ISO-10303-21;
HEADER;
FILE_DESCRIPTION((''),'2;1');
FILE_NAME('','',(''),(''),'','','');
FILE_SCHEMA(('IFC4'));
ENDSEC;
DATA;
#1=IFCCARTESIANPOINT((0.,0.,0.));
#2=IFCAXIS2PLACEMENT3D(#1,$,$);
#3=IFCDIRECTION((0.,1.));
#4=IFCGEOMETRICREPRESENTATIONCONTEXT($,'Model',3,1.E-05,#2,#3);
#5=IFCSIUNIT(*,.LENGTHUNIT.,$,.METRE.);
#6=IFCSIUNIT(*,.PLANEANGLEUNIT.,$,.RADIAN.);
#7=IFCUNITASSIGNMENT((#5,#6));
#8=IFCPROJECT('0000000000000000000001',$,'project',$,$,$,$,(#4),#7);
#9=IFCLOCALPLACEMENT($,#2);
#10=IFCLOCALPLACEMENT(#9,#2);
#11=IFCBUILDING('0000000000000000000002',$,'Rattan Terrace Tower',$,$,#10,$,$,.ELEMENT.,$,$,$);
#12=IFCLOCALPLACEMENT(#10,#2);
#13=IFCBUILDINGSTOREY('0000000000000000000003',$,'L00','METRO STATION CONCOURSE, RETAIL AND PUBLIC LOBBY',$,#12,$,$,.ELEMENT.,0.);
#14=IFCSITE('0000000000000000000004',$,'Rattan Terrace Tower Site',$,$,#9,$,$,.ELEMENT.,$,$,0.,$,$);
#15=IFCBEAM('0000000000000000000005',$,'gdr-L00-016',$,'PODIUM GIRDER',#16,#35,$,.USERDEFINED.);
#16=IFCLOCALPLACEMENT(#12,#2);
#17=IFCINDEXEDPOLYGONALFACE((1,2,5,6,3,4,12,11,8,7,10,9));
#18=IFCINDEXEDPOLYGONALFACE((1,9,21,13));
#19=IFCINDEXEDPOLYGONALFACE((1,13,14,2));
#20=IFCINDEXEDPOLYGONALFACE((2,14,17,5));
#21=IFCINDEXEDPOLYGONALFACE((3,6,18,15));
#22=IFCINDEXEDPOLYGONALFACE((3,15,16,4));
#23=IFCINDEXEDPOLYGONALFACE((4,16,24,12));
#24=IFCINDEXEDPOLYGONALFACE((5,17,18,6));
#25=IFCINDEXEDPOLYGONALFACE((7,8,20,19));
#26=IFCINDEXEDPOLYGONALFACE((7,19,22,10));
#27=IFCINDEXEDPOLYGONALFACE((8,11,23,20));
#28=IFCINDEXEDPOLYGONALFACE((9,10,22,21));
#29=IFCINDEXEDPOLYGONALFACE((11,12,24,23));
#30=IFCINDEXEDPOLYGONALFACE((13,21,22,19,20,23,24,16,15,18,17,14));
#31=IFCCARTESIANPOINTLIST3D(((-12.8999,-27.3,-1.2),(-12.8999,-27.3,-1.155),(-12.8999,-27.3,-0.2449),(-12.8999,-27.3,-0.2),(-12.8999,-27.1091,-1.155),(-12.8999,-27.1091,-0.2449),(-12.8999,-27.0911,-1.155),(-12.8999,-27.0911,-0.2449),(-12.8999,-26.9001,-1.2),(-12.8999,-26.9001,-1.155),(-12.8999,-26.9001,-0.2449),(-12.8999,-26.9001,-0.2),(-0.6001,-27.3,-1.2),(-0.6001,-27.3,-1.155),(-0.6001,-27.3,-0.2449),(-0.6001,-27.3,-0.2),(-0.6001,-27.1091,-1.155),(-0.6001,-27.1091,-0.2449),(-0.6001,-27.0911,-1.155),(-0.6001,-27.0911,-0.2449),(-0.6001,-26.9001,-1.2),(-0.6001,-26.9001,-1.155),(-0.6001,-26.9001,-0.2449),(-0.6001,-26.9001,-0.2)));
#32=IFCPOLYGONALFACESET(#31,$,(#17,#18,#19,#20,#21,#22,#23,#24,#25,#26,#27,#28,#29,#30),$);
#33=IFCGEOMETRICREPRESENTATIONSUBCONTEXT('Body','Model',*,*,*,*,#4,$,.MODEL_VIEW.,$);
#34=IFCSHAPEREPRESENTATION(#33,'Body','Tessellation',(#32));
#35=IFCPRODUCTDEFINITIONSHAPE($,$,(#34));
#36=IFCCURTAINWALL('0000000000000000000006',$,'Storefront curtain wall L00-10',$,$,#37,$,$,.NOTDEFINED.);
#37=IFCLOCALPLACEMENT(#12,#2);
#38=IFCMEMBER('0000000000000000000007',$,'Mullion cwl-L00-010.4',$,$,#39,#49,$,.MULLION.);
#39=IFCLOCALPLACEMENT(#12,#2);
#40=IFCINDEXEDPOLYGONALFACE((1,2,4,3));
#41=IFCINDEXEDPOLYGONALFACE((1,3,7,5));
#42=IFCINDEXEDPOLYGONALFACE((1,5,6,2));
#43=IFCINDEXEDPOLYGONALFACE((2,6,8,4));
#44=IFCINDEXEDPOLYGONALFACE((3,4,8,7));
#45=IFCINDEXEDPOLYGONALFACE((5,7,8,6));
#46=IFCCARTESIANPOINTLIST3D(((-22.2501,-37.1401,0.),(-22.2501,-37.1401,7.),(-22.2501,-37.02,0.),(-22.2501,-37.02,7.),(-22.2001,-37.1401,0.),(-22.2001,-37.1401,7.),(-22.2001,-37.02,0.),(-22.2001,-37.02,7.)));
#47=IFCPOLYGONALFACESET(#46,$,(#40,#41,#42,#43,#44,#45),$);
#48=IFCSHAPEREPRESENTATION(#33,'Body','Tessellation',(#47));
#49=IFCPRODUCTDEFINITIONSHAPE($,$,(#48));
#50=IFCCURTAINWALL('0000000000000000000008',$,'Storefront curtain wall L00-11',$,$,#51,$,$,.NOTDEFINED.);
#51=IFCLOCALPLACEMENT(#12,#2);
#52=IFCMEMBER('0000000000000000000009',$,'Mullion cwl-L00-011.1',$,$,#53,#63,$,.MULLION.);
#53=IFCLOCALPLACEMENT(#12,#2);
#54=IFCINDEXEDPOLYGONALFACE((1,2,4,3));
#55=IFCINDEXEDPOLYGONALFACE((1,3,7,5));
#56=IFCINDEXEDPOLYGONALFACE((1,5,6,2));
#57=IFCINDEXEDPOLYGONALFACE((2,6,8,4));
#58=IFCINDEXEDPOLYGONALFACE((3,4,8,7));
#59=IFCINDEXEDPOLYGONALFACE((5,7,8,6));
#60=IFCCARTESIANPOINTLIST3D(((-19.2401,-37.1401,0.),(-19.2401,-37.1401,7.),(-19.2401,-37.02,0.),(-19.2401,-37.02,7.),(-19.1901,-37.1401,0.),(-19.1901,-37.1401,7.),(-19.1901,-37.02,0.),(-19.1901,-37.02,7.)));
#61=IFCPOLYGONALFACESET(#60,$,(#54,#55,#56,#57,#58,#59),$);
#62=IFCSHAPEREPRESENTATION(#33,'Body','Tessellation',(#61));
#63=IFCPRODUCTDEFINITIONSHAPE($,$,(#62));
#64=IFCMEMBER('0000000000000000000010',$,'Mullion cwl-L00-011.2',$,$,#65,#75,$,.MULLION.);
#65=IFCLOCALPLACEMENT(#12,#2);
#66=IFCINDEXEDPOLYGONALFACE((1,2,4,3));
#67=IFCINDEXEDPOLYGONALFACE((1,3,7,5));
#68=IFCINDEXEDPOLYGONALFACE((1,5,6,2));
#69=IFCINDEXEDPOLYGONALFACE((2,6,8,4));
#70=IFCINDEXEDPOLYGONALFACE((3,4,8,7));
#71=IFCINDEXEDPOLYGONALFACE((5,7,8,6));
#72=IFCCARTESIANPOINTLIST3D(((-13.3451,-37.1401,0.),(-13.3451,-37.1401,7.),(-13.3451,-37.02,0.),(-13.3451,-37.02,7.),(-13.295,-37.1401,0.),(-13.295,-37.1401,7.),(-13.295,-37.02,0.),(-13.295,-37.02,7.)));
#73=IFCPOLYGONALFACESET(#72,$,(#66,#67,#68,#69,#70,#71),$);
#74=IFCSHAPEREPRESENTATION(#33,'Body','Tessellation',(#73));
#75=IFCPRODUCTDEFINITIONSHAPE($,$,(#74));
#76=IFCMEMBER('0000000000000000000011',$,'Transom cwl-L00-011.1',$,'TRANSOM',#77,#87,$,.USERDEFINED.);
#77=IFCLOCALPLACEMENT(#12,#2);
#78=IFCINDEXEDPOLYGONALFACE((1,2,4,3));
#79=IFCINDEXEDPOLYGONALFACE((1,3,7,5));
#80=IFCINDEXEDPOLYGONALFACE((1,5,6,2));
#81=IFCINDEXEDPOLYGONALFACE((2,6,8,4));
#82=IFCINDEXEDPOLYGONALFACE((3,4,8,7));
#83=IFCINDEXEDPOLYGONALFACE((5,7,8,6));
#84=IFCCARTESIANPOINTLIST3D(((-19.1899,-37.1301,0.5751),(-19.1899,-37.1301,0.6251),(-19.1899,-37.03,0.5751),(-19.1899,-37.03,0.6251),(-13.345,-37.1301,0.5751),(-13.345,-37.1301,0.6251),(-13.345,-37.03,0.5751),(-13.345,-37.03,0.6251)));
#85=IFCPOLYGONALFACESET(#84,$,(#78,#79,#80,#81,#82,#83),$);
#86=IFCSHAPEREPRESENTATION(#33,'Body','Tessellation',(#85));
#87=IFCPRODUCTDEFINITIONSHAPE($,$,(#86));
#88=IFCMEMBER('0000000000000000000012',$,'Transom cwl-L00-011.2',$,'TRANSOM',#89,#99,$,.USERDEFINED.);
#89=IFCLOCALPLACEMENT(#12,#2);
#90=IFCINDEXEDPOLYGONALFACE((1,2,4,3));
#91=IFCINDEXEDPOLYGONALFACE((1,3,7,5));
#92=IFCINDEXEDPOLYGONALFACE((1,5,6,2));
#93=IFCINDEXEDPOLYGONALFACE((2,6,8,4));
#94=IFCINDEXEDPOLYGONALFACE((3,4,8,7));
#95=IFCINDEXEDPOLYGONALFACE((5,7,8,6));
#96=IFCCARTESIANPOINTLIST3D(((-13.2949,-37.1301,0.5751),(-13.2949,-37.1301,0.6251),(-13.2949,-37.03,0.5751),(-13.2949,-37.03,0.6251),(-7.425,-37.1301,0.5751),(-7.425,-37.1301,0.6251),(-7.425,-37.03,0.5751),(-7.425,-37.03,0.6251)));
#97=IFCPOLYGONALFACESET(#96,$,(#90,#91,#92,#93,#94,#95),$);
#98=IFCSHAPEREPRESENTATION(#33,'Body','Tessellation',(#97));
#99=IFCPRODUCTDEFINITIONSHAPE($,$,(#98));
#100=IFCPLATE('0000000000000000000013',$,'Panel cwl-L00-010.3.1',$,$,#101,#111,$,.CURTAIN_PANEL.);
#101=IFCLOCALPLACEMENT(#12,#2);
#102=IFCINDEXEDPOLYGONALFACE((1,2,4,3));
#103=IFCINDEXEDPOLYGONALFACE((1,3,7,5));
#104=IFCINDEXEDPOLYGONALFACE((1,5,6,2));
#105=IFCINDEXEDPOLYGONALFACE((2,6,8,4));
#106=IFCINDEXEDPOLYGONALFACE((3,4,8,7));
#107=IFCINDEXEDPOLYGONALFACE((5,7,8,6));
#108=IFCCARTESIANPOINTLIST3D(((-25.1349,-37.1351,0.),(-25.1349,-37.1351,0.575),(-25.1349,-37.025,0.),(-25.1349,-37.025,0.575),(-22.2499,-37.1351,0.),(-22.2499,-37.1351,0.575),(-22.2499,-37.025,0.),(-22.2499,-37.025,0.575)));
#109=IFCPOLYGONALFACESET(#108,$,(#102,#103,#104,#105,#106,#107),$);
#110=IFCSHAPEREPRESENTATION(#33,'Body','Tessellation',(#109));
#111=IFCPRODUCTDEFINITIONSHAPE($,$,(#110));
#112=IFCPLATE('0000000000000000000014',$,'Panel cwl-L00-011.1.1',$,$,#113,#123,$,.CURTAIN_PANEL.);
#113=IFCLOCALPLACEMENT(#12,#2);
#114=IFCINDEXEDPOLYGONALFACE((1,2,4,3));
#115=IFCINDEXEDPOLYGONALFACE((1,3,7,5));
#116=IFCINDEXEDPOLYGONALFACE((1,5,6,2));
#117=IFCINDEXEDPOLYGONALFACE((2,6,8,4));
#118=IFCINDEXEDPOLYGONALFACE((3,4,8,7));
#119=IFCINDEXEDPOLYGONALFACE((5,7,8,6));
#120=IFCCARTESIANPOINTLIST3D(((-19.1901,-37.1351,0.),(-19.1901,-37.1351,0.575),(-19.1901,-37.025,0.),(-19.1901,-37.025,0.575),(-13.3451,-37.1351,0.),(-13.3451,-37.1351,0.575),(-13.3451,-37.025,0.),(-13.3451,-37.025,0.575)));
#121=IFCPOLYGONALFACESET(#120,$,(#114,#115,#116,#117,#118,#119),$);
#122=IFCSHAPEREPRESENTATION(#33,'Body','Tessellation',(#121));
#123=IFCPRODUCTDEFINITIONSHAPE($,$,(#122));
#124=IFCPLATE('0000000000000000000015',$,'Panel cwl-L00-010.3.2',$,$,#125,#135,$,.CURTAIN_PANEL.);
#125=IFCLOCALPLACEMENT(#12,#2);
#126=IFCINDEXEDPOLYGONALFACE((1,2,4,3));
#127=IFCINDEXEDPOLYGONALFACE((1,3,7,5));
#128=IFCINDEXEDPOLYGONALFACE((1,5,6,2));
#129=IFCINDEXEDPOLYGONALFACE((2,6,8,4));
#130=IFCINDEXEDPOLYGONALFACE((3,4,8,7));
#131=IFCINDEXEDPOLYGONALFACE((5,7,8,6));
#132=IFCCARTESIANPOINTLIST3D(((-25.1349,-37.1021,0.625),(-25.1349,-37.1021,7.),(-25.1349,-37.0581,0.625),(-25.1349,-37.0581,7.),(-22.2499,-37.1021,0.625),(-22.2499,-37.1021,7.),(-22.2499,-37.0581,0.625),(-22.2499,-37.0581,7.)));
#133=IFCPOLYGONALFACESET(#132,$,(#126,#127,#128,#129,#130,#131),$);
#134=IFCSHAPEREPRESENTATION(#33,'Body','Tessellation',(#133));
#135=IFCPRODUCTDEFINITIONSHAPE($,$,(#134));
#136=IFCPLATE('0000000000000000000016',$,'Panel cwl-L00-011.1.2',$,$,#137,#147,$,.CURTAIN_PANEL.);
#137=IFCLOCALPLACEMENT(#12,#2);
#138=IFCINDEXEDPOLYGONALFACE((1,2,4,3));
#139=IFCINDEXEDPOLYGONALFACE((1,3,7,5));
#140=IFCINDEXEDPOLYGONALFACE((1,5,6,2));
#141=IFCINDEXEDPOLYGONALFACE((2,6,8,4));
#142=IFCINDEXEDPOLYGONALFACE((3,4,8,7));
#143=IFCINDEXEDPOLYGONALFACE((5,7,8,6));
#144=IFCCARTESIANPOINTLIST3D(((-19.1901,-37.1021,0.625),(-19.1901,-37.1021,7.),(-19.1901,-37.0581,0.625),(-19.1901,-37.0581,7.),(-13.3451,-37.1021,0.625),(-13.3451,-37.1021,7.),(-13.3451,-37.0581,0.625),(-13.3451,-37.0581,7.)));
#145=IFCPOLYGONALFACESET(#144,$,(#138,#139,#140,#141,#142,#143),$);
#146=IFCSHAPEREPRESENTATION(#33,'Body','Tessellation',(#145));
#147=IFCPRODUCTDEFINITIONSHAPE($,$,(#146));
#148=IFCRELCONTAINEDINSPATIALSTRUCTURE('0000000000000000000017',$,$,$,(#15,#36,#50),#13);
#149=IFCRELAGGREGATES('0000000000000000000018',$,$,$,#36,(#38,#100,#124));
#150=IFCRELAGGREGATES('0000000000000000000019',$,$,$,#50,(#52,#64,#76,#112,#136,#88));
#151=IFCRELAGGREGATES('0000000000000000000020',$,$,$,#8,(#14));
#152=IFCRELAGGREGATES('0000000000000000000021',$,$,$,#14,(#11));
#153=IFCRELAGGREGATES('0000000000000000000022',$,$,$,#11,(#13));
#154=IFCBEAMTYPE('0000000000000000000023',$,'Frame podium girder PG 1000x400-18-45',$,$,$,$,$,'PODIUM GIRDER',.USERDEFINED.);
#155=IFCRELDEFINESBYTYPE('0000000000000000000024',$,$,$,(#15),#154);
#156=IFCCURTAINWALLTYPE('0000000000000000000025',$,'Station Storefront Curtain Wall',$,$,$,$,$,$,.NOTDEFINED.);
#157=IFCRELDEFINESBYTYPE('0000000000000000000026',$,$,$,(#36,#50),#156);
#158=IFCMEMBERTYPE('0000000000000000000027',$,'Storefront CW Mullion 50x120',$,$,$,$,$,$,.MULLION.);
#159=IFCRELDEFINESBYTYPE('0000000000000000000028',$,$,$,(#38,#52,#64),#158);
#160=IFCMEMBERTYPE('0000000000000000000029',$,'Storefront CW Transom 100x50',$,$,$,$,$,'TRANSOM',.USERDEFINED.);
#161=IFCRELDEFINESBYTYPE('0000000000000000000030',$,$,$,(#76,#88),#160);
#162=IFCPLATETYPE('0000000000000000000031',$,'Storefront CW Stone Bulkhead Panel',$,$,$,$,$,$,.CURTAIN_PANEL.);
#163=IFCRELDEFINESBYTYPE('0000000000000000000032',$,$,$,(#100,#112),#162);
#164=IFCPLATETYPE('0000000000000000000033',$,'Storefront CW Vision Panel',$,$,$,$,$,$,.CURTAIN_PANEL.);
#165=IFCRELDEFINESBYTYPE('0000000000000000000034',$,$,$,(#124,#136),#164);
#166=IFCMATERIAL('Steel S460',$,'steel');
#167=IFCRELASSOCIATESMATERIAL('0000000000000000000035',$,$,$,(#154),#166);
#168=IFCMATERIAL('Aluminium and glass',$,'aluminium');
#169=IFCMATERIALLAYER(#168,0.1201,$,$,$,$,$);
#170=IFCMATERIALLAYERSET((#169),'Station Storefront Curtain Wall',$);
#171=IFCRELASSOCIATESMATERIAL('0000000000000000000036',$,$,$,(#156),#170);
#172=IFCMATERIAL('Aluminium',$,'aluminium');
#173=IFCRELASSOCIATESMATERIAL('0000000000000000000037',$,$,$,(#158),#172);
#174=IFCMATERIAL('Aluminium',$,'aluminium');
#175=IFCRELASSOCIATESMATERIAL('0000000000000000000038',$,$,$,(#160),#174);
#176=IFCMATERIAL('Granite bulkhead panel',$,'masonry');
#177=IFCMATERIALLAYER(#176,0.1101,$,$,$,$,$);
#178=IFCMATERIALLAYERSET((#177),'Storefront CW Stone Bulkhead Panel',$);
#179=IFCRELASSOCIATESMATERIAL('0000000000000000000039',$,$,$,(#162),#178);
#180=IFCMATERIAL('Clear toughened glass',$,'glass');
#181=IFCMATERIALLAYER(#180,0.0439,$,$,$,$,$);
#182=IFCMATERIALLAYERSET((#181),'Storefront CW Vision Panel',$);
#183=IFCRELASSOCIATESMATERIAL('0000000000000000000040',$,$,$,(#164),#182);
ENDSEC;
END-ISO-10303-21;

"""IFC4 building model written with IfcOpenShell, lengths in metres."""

from ifc_helpers import new_model, si_unit, direction, frame, origin, origin_2d, place, context, subcontext, project, spatial, rectangle, i_section, extrude, material, layer, layer_set, material_profile, profile_set, type_object, element, aggregate, save


model = new_model("IFC4")

# Units and contexts
model_context = context("Model", 3, precision=1e-05, world=origin(), true_north=direction((0.0, 1.0)))
body_context = subcontext(model_context, "Body", "Model", "MODEL_VIEW")
ifc_project = project(units=[si_unit("LENGTHUNIT", "METRE"), si_unit("PLANEANGLEUNIT", "RADIAN")], contexts=[model_context])

# Site, building, storey
site_placement = place(None, origin())
site = spatial("IfcSite", under=ifc_project, at=site_placement, Name="Rattan Terrace Tower Site", CompositionType="ELEMENT", RefElevation=0.0)
building_placement = place(site_placement, origin())
building = spatial("IfcBuilding", under=site, at=building_placement, Name="Rattan Terrace Tower", CompositionType="ELEMENT")
storey_placement = place(building_placement, origin())
storey = spatial("IfcBuildingStorey", under=building, at=storey_placement, Name="L00", Description="METRO STATION CONCOURSE, RETAIL AND PUBLIC LOBBY", CompositionType="ELEMENT", Elevation=0.0)

# Beam
ifc_material_1 = material(Name="Steel S460", Category="steel")
ifc_material_profile_1 = material_profile(ifc_material_1, i_section(OverallWidth=0.3999, OverallDepth=1.0, WebThickness=0.0181, FlangeThickness=0.0449, at=origin_2d()), Name="PG 1000x400-18-45")
ifc_profile_set_1 = profile_set([ifc_material_profile_1], Name="Steel S460")
beam_type_1 = type_object("IfcBeamType", Name="Frame podium girder PG 1000x400-18-45", ElementType="PODIUM GIRDER", PredefinedType="USERDEFINED", material=ifc_profile_set_1)
beam_1_placement = place(storey_placement, frame((-12.8999, -27.1001, -0.7), z_axis=(1.0, 0.0, 0.0), x_axis=(0.0, 1.0, 0.0)))
element("IfcBeam", 1, at=beam_1_placement, inside=storey, type_object=beam_type_1, Name="gdr-L00-016", ObjectType="PODIUM GIRDER", PredefinedType="USERDEFINED", context=body_context, shape_type="SweptSolid", body=[
    extrude(i_section(OverallWidth=0.3999, OverallDepth=1.0, WebThickness=0.0181, FlangeThickness=0.0449, at=origin_2d()), origin(), (0.0, 0.0, 1.0), 12.2998),
])

# Curtain wall, member
ifc_material_2 = material(Name="Aluminium and glass", Category="aluminium")
ifc_layer_1 = layer(ifc_material_2, 0.1201)
ifc_layer_set_1 = layer_set([ifc_layer_1], Name="Station Storefront Curtain Wall")
curtain_wall_type = type_object("IfcCurtainWallType", Name="Station Storefront Curtain Wall", PredefinedType="NOTDEFINED", material=ifc_layer_set_1)
curtain_wall_1_placement = place(storey_placement, origin())
curtain_wall_1 = element("IfcCurtainWall", 2, at=curtain_wall_1_placement, inside=storey, type_object=curtain_wall_type, Name="Storefront curtain wall L00-10", PredefinedType="NOTDEFINED")
ifc_material_3 = material(Name="Aluminium", Category="aluminium")
ifc_material_profile_2 = material_profile(ifc_material_3, rectangle(XDim=0.05, YDim=0.1201, at=origin_2d()), Name="Aluminium 50x120")
ifc_profile_set_2 = profile_set([ifc_material_profile_2], Name="Aluminium")
member_type_1 = type_object("IfcMemberType", Name="Storefront CW Mullion 50x120", PredefinedType="MULLION", material=ifc_profile_set_2)
member_1_placement = place(storey_placement, frame((-22.2251, -37.0801, 0.0), z_axis=(0.0, 0.0, 1.0), x_axis=(1.0, 0.0, 0.0)))
member_1 = element("IfcMember", 3, at=member_1_placement, type_object=member_type_1, Name="Mullion cwl-L00-010.4", PredefinedType="MULLION", context=body_context, shape_type="SweptSolid", body=[
    extrude(rectangle(XDim=0.05, YDim=0.1201, at=origin_2d()), origin(), (0.0, 0.0, 1.0), 7.0),
])

# Curtain wall, members
curtain_wall_2_placement = place(storey_placement, origin())
curtain_wall_2 = element("IfcCurtainWall", 4, at=curtain_wall_2_placement, inside=storey, type_object=curtain_wall_type, Name="Storefront curtain wall L00-11", PredefinedType="NOTDEFINED")
member_2_placement = place(storey_placement, frame((-19.2151, -37.0801, 0.0), z_axis=(0.0, 0.0, 1.0), x_axis=(1.0, 0.0, 0.0)))
member_2 = element("IfcMember", 5, at=member_2_placement, type_object=member_type_1, Name="Mullion cwl-L00-011.1", PredefinedType="MULLION", context=body_context, shape_type="SweptSolid", body=[
    extrude(rectangle(XDim=0.05, YDim=0.1201, at=origin_2d()), origin(), (0.0, 0.0, 1.0), 7.0),
])
member_3_placement = place(storey_placement, frame((-13.3201, -37.0801, 0.0), z_axis=(0.0, 0.0, 1.0), x_axis=(1.0, 0.0, 0.0)))
member_3 = element("IfcMember", 6, at=member_3_placement, type_object=member_type_1, Name="Mullion cwl-L00-011.2", PredefinedType="MULLION", context=body_context, shape_type="SweptSolid", body=[
    extrude(rectangle(XDim=0.05, YDim=0.1201, at=origin_2d()), origin(), (0.0, 0.0, 1.0), 7.0),
])
ifc_material_4 = material(Name="Aluminium", Category="aluminium")
ifc_material_profile_3 = material_profile(ifc_material_4, rectangle(XDim=0.1001, YDim=0.05, at=origin_2d()), Name="Aluminium 100x50")
ifc_profile_set_3 = profile_set([ifc_material_profile_3], Name="Aluminium")
member_type_2 = type_object("IfcMemberType", Name="Storefront CW Transom 100x50", ElementType="TRANSOM", PredefinedType="USERDEFINED", material=ifc_profile_set_3)
member_4_placement = place(storey_placement, frame((-19.1899, -37.0801, 0.6001), z_axis=(1.0, 0.0, 0.0), x_axis=(0.0, 1.0, 0.0)))
member_4 = element("IfcMember", 7, at=member_4_placement, type_object=member_type_2, Name="Transom cwl-L00-011.1", ObjectType="TRANSOM", PredefinedType="USERDEFINED", context=body_context, shape_type="SweptSolid", body=[
    extrude(rectangle(XDim=0.1001, YDim=0.05, at=origin_2d()), origin(), (0.0, 0.0, 1.0), 5.845),
])
member_5_placement = place(storey_placement, frame((-13.2949, -37.0801, 0.6001), z_axis=(1.0, 0.0, 0.0), x_axis=(0.0, 1.0, 0.0)))
member_5 = element("IfcMember", 8, at=member_5_placement, type_object=member_type_2, Name="Transom cwl-L00-011.2", ObjectType="TRANSOM", PredefinedType="USERDEFINED", context=body_context, shape_type="SweptSolid", body=[
    extrude(rectangle(XDim=0.1001, YDim=0.05, at=origin_2d()), origin(), (0.0, 0.0, 1.0), 5.8699),
])

# Plates
ifc_material_5 = material(Name="Granite bulkhead panel", Category="masonry")
ifc_layer_2 = layer(ifc_material_5, 0.1101)
ifc_layer_set_2 = layer_set([ifc_layer_2], Name="Storefront CW Stone Bulkhead Panel")
plate_type_1 = type_object("IfcPlateType", Name="Storefront CW Stone Bulkhead Panel", PredefinedType="CURTAIN_PANEL", material=ifc_layer_set_2)
plate_1_placement = place(storey_placement, frame((-23.6924, -37.0801, 0.0), z_axis=(0.0, 0.0, 1.0), x_axis=(1.0, 0.0, 0.0)))
plate_1 = element("IfcPlate", 9, at=plate_1_placement, type_object=plate_type_1, Name="Panel cwl-L00-010.3.1", PredefinedType="CURTAIN_PANEL", context=body_context, shape_type="SweptSolid", body=[
    extrude(rectangle(XDim=2.885, YDim=0.1101, at=origin_2d()), origin(), (0.0, 0.0, 1.0), 0.575),
])
plate_2_placement = place(storey_placement, frame((-16.2676, -37.0801, 0.0), z_axis=(0.0, 0.0, 1.0), x_axis=(1.0, 0.0, 0.0)))
plate_2 = element("IfcPlate", 10, at=plate_2_placement, type_object=plate_type_1, Name="Panel cwl-L00-011.1.1", PredefinedType="CURTAIN_PANEL", context=body_context, shape_type="SweptSolid", body=[
    extrude(rectangle(XDim=5.845, YDim=0.1101, at=origin_2d()), origin(), (0.0, 0.0, 1.0), 0.575),
])
ifc_material_6 = material(Name="Clear toughened glass", Category="glass")
ifc_layer_3 = layer(ifc_material_6, 0.0439)
ifc_layer_set_3 = layer_set([ifc_layer_3], Name="Storefront CW Vision Panel")
plate_type_2 = type_object("IfcPlateType", Name="Storefront CW Vision Panel", PredefinedType="CURTAIN_PANEL", material=ifc_layer_set_3)
plate_3_placement = place(storey_placement, frame((-23.6924, -37.0801, 0.625), z_axis=(0.0, 0.0, 1.0), x_axis=(1.0, 0.0, 0.0)))
plate_3 = element("IfcPlate", 11, at=plate_3_placement, type_object=plate_type_2, Name="Panel cwl-L00-010.3.2", PredefinedType="CURTAIN_PANEL", context=body_context, shape_type="SweptSolid", body=[
    extrude(rectangle(XDim=2.885, YDim=0.0439, at=origin_2d()), origin(), (0.0, 0.0, 1.0), 6.375),
])
aggregate(curtain_wall_1, [member_1, plate_1, plate_3])
plate_4_placement = place(storey_placement, frame((-16.2676, -37.0801, 0.625), z_axis=(0.0, 0.0, 1.0), x_axis=(1.0, 0.0, 0.0)))
plate_4 = element("IfcPlate", 12, at=plate_4_placement, type_object=plate_type_2, Name="Panel cwl-L00-011.1.2", PredefinedType="CURTAIN_PANEL", context=body_context, shape_type="SweptSolid", body=[
    extrude(rectangle(XDim=5.845, YDim=0.0439, at=origin_2d()), origin(), (0.0, 0.0, 1.0), 6.375),
])
aggregate(curtain_wall_2, [member_2, member_3, member_4, plate_2, plate_4, member_5])

save(model, "model.ifc")
